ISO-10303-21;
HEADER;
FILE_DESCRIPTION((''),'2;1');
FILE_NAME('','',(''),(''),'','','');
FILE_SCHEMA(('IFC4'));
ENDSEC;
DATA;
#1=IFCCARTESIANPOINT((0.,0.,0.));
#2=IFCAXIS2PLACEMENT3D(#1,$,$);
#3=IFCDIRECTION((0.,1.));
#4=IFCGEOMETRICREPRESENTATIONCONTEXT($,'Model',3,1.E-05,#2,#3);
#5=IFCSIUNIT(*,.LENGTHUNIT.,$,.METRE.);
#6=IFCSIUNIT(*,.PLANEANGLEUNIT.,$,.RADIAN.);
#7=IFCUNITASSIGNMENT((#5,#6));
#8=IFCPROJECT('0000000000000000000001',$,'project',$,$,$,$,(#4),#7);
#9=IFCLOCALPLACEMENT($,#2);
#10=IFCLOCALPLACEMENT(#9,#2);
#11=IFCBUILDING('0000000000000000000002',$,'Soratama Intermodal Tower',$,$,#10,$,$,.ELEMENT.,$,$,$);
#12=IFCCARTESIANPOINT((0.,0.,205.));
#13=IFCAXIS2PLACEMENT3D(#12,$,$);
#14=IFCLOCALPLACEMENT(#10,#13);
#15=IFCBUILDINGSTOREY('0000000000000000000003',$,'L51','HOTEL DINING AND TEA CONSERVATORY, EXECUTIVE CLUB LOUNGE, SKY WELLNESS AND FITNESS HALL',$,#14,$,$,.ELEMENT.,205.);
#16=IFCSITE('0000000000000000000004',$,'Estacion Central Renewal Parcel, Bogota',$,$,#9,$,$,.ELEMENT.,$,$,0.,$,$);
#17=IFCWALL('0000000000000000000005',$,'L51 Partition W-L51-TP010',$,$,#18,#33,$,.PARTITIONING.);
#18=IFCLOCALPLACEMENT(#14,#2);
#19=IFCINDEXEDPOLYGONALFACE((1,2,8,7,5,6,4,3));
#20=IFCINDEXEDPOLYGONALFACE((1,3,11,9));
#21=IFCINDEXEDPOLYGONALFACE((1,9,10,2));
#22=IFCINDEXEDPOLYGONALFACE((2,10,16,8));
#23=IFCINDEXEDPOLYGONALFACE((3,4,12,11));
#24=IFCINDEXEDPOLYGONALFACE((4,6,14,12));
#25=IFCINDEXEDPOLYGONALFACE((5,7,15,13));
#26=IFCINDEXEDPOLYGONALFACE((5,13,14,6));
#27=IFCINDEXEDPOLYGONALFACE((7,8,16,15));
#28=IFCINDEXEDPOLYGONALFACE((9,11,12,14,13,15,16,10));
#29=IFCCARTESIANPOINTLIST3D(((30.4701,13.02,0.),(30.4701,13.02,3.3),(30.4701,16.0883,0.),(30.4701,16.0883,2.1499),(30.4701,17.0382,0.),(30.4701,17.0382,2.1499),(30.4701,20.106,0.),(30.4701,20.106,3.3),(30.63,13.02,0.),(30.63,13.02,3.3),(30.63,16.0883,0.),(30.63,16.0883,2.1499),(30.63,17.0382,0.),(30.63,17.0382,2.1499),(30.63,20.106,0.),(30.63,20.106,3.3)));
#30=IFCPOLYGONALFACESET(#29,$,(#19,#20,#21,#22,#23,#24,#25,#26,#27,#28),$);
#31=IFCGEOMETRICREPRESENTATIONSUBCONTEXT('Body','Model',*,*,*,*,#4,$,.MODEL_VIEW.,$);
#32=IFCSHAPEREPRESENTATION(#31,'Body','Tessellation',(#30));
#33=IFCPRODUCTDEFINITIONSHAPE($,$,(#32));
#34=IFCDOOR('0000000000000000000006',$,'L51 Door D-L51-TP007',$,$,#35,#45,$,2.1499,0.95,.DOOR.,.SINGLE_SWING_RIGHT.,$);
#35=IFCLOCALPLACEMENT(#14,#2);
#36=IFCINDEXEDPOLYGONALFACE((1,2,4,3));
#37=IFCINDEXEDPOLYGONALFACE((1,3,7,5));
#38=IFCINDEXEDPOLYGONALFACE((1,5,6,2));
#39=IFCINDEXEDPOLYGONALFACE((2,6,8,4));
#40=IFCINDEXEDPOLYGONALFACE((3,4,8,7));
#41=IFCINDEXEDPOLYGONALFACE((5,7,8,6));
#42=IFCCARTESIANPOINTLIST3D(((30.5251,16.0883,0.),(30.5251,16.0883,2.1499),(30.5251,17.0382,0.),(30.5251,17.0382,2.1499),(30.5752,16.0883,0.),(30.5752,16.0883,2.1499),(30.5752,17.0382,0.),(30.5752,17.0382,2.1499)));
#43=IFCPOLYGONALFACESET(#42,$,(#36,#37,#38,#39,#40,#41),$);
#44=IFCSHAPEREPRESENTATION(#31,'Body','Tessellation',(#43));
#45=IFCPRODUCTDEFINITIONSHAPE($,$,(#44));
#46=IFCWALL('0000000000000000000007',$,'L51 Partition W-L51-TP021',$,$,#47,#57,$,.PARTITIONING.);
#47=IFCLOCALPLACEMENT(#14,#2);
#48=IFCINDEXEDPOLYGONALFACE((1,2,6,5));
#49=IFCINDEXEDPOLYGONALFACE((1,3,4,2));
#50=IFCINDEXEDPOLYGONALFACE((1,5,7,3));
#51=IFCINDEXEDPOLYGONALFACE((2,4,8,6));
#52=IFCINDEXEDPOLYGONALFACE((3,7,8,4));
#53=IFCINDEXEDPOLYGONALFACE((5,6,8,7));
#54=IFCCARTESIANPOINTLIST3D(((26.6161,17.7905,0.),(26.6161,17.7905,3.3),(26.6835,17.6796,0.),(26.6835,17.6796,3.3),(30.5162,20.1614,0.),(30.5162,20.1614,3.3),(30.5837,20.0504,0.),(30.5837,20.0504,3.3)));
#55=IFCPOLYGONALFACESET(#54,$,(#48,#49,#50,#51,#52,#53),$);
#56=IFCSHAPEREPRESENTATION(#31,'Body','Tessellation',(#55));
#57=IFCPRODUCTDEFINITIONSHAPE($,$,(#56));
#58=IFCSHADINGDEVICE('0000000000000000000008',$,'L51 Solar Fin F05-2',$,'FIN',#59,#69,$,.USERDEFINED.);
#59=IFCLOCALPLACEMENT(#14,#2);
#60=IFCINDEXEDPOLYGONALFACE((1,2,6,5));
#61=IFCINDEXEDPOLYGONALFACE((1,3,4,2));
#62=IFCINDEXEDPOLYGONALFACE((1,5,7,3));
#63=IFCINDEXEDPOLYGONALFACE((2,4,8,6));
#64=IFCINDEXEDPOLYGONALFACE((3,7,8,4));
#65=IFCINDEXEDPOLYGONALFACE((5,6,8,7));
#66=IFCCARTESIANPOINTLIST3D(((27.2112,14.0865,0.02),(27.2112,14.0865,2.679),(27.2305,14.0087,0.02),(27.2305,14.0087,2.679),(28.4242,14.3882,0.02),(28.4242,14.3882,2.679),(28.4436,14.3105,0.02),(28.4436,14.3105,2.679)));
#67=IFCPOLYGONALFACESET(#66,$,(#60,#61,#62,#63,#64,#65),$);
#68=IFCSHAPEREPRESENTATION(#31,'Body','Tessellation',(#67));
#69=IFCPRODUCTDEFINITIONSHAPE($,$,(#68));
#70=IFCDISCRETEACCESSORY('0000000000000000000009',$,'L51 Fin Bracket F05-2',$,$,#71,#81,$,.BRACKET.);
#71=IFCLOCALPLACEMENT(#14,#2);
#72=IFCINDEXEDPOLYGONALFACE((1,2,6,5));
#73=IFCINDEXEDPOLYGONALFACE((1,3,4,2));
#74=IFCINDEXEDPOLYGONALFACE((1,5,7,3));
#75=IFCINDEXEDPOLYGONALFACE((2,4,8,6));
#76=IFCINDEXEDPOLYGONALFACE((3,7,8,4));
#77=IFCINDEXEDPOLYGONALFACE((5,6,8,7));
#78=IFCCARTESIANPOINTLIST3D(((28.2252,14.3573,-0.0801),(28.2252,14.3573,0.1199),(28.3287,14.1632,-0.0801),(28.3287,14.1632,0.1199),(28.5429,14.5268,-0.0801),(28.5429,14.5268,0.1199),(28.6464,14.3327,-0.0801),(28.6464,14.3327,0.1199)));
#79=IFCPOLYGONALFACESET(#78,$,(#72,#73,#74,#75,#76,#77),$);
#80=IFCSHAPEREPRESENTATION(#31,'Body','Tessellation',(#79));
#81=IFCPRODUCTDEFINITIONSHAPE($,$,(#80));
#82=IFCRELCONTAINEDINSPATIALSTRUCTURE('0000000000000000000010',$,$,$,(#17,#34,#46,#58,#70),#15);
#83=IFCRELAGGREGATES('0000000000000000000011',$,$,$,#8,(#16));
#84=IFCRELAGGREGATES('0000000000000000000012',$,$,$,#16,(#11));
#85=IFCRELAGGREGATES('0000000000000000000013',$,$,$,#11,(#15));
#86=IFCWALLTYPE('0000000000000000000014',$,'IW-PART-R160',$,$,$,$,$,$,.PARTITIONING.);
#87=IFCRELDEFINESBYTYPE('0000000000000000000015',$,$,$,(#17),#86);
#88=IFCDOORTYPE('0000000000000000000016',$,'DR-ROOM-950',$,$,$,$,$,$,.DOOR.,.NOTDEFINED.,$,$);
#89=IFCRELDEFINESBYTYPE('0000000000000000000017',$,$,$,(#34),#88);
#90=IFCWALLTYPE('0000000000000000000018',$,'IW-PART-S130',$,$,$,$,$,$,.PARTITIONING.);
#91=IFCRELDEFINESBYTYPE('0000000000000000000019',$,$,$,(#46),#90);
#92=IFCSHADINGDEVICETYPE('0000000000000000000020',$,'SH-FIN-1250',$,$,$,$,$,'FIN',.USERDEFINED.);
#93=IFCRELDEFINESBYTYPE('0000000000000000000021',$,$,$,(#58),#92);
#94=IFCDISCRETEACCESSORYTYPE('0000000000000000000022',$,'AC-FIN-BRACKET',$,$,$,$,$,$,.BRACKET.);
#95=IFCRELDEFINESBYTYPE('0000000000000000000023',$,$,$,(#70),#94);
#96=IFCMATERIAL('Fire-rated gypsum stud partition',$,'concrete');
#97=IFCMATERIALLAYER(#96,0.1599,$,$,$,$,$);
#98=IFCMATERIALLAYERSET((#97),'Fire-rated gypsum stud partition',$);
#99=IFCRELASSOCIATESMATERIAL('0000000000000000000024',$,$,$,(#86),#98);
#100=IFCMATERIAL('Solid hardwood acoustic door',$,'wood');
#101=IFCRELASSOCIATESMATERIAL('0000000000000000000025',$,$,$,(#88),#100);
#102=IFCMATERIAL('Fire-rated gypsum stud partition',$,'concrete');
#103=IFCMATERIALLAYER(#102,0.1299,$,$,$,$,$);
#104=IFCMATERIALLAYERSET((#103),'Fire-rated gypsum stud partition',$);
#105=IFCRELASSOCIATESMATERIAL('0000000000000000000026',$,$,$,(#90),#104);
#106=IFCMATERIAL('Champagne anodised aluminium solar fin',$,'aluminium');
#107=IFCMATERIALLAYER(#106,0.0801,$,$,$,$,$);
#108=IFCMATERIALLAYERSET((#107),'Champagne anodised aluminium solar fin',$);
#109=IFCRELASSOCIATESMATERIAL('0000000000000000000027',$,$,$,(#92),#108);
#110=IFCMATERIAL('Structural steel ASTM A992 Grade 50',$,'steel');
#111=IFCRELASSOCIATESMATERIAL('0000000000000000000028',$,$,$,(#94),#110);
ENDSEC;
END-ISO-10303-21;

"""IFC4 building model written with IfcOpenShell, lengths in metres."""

from ifc_helpers import new_model, si_unit, direction, frame, frame_2d, origin, origin_2d, place, context, subcontext, project, spatial, rectangle, extrude, material, layer, layer_set, type_object, element, fill, save


model = new_model("IFC4")

# Units and contexts
model_context = context("Model", 3, precision=1e-05, world=origin(), true_north=direction((0.0, 1.0)))
body_context = subcontext(model_context, "Body", "Model", "MODEL_VIEW")
ifc_project = project(units=[si_unit("LENGTHUNIT", "METRE"), si_unit("PLANEANGLEUNIT", "RADIAN")], contexts=[model_context])

# Site, building, storey
site_placement = place(None, origin())
site = spatial("IfcSite", under=ifc_project, at=site_placement, Name="Estacion Central Renewal Parcel, Bogota", CompositionType="ELEMENT", RefElevation=0.0)
building_placement = place(site_placement, origin())
building = spatial("IfcBuilding", under=site, at=building_placement, Name="Soratama Intermodal Tower", CompositionType="ELEMENT")
storey_placement = place(building_placement, frame((0.0, 0.0, 205.0)))
storey = spatial("IfcBuildingStorey", under=building, at=storey_placement, Name="L51", Description="HOTEL DINING AND TEA CONSERVATORY, EXECUTIVE CLUB LOUNGE, SKY WELLNESS AND FITNESS HALL", CompositionType="ELEMENT", Elevation=205.0)

# Wall, opening, door
ifc_material_1 = material(Name="Fire-rated gypsum stud partition", Category="concrete")
ifc_layer_1 = layer(ifc_material_1, 0.1599)
ifc_layer_set_1 = layer_set([ifc_layer_1], Name="Fire-rated gypsum stud partition")
wall_type_1 = type_object("IfcWallType", Name="IW-PART-R160", PredefinedType="PARTITIONING", material=ifc_layer_set_1)
ifc_material_2 = material(Name="Solid hardwood acoustic door", Category="wood")
door_type = type_object("IfcDoorType", Name="DR-ROOM-950", OperationType="NOTDEFINED", PredefinedType="DOOR", material=ifc_material_2)
wall_1_placement = place(storey_placement, frame((30.55, 13.02, 0.0), z_axis=(0.0, 0.0, 1.0), x_axis=(0.0, 1.0, 0.0)))
wall_1 = element("IfcWall", 1, at=wall_1_placement, inside=storey, type_object=wall_type_1, Name="L51 Partition W-L51-TP010", PredefinedType="PARTITIONING", context=body_context, shape_type="SweptSolid", body=[
    extrude(rectangle(XDim=7.0859, YDim=0.1599, at=frame_2d((3.543, 0.0))), origin(), (0.0, 0.0, 1.0), 3.3),
])
opening_1_placement = place(wall_1_placement, frame((3.0681, 0.0, 0.0)))
opening_1 = element("IfcOpeningElement", 2, at=opening_1_placement, cuts=wall_1, PredefinedType="OPENING", context=body_context, shape_type="SweptSolid", body=[
    extrude(rectangle(XDim=0.95, YDim=2.1499, at=frame_2d((0.4751, 1.075))), frame((0.0, 0.0898, 0.0), z_axis=(0.0, -1.0, 0.0), x_axis=(1.0, 0.0, 0.0)), (0.0, 0.0, 1.0), 0.1799),
])
door_1_placement = place(opening_1_placement, origin())
door_1 = element("IfcDoor", 3, at=door_1_placement, inside=storey, type_object=door_type, Name="L51 Door D-L51-TP007", OperationType="SINGLE_SWING_RIGHT", OverallHeight=2.1499, OverallWidth=0.95, PredefinedType="DOOR", context=body_context, shape_type="SweptSolid", body=[
    extrude(rectangle(XDim=0.95, YDim=2.1499, at=frame_2d((0.4751, 1.075))), frame((0.0, 0.0249, 0.0), z_axis=(0.0, -1.0, 0.0), x_axis=(1.0, 0.0, 0.0)), (0.0, 0.0, 1.0), 0.05),
])
fill(opening_1, door_1)

# Wall
ifc_material_3 = material(Name="Fire-rated gypsum stud partition", Category="concrete")
ifc_layer_2 = layer(ifc_material_3, 0.1299)
ifc_layer_set_2 = layer_set([ifc_layer_2], Name="Fire-rated gypsum stud partition")
wall_type_2 = type_object("IfcWallType", Name="IW-PART-S130", PredefinedType="PARTITIONING", material=ifc_layer_set_2)
wall_2_placement = place(storey_placement, frame((30.55, 20.106, 0.0), z_axis=(0.0, 0.0, 1.0), x_axis=(-0.854505, -0.519443, 0.0)))
element("IfcWall", 4, at=wall_2_placement, inside=storey, type_object=wall_type_2, Name="L51 Partition W-L51-TP021", PredefinedType="PARTITIONING", context=body_context, shape_type="SweptSolid", body=[
    extrude(rectangle(XDim=4.5642, YDim=0.1299, at=frame_2d((2.2822, 0.0))), origin(), (0.0, 0.0, 1.0), 3.3),
])

# Shading device
ifc_material_4 = material(Name="Champagne anodised aluminium solar fin", Category="aluminium")
ifc_layer_3 = layer(ifc_material_4, 0.0801)
ifc_layer_set_3 = layer_set([ifc_layer_3], Name="Champagne anodised aluminium solar fin")
shading_device_type = type_object("IfcShadingDeviceType", Name="SH-FIN-1250", ElementType="FIN", PredefinedType="USERDEFINED", material=ifc_layer_set_3)
shading_device_placement = place(storey_placement, frame((27.8274, 14.1985, 0.02), z_axis=(0.0, 0.0, 1.0), x_axis=(-0.970422, -0.241414, 0.0)))
element("IfcShadingDevice", 5, at=shading_device_placement, inside=storey, type_object=shading_device_type, Name="L51 Solar Fin F05-2", ObjectType="FIN", PredefinedType="USERDEFINED", context=body_context, shape_type="SweptSolid", body=[
    extrude(rectangle(XDim=1.25, YDim=0.0801, at=origin_2d()), origin(), (0.0, 0.0, 1.0), 2.6589),
])

# Discrete accessory
ifc_material_5 = material(Name="Structural steel ASTM A992 Grade 50", Category="steel")
discrete_accessory_type = type_object("IfcDiscreteAccessoryType", Name="AC-FIN-BRACKET", PredefinedType="BRACKET", material=ifc_material_5)
discrete_accessory_placement = place(storey_placement, frame((28.4358, 14.345, -0.0801), z_axis=(0.0, 0.0, 1.0), x_axis=(-0.882291, -0.470704, 0.0)))
element("IfcDiscreteAccessory", 6, at=discrete_accessory_placement, inside=storey, type_object=discrete_accessory_type, Name="L51 Fin Bracket F05-2", PredefinedType="BRACKET", context=body_context, shape_type="SweptSolid", body=[
    extrude(rectangle(XDim=0.3601, YDim=0.22, at=origin_2d()), origin(), (0.0, 0.0, 1.0), 0.2),
])

save(model, "model.ifc")
